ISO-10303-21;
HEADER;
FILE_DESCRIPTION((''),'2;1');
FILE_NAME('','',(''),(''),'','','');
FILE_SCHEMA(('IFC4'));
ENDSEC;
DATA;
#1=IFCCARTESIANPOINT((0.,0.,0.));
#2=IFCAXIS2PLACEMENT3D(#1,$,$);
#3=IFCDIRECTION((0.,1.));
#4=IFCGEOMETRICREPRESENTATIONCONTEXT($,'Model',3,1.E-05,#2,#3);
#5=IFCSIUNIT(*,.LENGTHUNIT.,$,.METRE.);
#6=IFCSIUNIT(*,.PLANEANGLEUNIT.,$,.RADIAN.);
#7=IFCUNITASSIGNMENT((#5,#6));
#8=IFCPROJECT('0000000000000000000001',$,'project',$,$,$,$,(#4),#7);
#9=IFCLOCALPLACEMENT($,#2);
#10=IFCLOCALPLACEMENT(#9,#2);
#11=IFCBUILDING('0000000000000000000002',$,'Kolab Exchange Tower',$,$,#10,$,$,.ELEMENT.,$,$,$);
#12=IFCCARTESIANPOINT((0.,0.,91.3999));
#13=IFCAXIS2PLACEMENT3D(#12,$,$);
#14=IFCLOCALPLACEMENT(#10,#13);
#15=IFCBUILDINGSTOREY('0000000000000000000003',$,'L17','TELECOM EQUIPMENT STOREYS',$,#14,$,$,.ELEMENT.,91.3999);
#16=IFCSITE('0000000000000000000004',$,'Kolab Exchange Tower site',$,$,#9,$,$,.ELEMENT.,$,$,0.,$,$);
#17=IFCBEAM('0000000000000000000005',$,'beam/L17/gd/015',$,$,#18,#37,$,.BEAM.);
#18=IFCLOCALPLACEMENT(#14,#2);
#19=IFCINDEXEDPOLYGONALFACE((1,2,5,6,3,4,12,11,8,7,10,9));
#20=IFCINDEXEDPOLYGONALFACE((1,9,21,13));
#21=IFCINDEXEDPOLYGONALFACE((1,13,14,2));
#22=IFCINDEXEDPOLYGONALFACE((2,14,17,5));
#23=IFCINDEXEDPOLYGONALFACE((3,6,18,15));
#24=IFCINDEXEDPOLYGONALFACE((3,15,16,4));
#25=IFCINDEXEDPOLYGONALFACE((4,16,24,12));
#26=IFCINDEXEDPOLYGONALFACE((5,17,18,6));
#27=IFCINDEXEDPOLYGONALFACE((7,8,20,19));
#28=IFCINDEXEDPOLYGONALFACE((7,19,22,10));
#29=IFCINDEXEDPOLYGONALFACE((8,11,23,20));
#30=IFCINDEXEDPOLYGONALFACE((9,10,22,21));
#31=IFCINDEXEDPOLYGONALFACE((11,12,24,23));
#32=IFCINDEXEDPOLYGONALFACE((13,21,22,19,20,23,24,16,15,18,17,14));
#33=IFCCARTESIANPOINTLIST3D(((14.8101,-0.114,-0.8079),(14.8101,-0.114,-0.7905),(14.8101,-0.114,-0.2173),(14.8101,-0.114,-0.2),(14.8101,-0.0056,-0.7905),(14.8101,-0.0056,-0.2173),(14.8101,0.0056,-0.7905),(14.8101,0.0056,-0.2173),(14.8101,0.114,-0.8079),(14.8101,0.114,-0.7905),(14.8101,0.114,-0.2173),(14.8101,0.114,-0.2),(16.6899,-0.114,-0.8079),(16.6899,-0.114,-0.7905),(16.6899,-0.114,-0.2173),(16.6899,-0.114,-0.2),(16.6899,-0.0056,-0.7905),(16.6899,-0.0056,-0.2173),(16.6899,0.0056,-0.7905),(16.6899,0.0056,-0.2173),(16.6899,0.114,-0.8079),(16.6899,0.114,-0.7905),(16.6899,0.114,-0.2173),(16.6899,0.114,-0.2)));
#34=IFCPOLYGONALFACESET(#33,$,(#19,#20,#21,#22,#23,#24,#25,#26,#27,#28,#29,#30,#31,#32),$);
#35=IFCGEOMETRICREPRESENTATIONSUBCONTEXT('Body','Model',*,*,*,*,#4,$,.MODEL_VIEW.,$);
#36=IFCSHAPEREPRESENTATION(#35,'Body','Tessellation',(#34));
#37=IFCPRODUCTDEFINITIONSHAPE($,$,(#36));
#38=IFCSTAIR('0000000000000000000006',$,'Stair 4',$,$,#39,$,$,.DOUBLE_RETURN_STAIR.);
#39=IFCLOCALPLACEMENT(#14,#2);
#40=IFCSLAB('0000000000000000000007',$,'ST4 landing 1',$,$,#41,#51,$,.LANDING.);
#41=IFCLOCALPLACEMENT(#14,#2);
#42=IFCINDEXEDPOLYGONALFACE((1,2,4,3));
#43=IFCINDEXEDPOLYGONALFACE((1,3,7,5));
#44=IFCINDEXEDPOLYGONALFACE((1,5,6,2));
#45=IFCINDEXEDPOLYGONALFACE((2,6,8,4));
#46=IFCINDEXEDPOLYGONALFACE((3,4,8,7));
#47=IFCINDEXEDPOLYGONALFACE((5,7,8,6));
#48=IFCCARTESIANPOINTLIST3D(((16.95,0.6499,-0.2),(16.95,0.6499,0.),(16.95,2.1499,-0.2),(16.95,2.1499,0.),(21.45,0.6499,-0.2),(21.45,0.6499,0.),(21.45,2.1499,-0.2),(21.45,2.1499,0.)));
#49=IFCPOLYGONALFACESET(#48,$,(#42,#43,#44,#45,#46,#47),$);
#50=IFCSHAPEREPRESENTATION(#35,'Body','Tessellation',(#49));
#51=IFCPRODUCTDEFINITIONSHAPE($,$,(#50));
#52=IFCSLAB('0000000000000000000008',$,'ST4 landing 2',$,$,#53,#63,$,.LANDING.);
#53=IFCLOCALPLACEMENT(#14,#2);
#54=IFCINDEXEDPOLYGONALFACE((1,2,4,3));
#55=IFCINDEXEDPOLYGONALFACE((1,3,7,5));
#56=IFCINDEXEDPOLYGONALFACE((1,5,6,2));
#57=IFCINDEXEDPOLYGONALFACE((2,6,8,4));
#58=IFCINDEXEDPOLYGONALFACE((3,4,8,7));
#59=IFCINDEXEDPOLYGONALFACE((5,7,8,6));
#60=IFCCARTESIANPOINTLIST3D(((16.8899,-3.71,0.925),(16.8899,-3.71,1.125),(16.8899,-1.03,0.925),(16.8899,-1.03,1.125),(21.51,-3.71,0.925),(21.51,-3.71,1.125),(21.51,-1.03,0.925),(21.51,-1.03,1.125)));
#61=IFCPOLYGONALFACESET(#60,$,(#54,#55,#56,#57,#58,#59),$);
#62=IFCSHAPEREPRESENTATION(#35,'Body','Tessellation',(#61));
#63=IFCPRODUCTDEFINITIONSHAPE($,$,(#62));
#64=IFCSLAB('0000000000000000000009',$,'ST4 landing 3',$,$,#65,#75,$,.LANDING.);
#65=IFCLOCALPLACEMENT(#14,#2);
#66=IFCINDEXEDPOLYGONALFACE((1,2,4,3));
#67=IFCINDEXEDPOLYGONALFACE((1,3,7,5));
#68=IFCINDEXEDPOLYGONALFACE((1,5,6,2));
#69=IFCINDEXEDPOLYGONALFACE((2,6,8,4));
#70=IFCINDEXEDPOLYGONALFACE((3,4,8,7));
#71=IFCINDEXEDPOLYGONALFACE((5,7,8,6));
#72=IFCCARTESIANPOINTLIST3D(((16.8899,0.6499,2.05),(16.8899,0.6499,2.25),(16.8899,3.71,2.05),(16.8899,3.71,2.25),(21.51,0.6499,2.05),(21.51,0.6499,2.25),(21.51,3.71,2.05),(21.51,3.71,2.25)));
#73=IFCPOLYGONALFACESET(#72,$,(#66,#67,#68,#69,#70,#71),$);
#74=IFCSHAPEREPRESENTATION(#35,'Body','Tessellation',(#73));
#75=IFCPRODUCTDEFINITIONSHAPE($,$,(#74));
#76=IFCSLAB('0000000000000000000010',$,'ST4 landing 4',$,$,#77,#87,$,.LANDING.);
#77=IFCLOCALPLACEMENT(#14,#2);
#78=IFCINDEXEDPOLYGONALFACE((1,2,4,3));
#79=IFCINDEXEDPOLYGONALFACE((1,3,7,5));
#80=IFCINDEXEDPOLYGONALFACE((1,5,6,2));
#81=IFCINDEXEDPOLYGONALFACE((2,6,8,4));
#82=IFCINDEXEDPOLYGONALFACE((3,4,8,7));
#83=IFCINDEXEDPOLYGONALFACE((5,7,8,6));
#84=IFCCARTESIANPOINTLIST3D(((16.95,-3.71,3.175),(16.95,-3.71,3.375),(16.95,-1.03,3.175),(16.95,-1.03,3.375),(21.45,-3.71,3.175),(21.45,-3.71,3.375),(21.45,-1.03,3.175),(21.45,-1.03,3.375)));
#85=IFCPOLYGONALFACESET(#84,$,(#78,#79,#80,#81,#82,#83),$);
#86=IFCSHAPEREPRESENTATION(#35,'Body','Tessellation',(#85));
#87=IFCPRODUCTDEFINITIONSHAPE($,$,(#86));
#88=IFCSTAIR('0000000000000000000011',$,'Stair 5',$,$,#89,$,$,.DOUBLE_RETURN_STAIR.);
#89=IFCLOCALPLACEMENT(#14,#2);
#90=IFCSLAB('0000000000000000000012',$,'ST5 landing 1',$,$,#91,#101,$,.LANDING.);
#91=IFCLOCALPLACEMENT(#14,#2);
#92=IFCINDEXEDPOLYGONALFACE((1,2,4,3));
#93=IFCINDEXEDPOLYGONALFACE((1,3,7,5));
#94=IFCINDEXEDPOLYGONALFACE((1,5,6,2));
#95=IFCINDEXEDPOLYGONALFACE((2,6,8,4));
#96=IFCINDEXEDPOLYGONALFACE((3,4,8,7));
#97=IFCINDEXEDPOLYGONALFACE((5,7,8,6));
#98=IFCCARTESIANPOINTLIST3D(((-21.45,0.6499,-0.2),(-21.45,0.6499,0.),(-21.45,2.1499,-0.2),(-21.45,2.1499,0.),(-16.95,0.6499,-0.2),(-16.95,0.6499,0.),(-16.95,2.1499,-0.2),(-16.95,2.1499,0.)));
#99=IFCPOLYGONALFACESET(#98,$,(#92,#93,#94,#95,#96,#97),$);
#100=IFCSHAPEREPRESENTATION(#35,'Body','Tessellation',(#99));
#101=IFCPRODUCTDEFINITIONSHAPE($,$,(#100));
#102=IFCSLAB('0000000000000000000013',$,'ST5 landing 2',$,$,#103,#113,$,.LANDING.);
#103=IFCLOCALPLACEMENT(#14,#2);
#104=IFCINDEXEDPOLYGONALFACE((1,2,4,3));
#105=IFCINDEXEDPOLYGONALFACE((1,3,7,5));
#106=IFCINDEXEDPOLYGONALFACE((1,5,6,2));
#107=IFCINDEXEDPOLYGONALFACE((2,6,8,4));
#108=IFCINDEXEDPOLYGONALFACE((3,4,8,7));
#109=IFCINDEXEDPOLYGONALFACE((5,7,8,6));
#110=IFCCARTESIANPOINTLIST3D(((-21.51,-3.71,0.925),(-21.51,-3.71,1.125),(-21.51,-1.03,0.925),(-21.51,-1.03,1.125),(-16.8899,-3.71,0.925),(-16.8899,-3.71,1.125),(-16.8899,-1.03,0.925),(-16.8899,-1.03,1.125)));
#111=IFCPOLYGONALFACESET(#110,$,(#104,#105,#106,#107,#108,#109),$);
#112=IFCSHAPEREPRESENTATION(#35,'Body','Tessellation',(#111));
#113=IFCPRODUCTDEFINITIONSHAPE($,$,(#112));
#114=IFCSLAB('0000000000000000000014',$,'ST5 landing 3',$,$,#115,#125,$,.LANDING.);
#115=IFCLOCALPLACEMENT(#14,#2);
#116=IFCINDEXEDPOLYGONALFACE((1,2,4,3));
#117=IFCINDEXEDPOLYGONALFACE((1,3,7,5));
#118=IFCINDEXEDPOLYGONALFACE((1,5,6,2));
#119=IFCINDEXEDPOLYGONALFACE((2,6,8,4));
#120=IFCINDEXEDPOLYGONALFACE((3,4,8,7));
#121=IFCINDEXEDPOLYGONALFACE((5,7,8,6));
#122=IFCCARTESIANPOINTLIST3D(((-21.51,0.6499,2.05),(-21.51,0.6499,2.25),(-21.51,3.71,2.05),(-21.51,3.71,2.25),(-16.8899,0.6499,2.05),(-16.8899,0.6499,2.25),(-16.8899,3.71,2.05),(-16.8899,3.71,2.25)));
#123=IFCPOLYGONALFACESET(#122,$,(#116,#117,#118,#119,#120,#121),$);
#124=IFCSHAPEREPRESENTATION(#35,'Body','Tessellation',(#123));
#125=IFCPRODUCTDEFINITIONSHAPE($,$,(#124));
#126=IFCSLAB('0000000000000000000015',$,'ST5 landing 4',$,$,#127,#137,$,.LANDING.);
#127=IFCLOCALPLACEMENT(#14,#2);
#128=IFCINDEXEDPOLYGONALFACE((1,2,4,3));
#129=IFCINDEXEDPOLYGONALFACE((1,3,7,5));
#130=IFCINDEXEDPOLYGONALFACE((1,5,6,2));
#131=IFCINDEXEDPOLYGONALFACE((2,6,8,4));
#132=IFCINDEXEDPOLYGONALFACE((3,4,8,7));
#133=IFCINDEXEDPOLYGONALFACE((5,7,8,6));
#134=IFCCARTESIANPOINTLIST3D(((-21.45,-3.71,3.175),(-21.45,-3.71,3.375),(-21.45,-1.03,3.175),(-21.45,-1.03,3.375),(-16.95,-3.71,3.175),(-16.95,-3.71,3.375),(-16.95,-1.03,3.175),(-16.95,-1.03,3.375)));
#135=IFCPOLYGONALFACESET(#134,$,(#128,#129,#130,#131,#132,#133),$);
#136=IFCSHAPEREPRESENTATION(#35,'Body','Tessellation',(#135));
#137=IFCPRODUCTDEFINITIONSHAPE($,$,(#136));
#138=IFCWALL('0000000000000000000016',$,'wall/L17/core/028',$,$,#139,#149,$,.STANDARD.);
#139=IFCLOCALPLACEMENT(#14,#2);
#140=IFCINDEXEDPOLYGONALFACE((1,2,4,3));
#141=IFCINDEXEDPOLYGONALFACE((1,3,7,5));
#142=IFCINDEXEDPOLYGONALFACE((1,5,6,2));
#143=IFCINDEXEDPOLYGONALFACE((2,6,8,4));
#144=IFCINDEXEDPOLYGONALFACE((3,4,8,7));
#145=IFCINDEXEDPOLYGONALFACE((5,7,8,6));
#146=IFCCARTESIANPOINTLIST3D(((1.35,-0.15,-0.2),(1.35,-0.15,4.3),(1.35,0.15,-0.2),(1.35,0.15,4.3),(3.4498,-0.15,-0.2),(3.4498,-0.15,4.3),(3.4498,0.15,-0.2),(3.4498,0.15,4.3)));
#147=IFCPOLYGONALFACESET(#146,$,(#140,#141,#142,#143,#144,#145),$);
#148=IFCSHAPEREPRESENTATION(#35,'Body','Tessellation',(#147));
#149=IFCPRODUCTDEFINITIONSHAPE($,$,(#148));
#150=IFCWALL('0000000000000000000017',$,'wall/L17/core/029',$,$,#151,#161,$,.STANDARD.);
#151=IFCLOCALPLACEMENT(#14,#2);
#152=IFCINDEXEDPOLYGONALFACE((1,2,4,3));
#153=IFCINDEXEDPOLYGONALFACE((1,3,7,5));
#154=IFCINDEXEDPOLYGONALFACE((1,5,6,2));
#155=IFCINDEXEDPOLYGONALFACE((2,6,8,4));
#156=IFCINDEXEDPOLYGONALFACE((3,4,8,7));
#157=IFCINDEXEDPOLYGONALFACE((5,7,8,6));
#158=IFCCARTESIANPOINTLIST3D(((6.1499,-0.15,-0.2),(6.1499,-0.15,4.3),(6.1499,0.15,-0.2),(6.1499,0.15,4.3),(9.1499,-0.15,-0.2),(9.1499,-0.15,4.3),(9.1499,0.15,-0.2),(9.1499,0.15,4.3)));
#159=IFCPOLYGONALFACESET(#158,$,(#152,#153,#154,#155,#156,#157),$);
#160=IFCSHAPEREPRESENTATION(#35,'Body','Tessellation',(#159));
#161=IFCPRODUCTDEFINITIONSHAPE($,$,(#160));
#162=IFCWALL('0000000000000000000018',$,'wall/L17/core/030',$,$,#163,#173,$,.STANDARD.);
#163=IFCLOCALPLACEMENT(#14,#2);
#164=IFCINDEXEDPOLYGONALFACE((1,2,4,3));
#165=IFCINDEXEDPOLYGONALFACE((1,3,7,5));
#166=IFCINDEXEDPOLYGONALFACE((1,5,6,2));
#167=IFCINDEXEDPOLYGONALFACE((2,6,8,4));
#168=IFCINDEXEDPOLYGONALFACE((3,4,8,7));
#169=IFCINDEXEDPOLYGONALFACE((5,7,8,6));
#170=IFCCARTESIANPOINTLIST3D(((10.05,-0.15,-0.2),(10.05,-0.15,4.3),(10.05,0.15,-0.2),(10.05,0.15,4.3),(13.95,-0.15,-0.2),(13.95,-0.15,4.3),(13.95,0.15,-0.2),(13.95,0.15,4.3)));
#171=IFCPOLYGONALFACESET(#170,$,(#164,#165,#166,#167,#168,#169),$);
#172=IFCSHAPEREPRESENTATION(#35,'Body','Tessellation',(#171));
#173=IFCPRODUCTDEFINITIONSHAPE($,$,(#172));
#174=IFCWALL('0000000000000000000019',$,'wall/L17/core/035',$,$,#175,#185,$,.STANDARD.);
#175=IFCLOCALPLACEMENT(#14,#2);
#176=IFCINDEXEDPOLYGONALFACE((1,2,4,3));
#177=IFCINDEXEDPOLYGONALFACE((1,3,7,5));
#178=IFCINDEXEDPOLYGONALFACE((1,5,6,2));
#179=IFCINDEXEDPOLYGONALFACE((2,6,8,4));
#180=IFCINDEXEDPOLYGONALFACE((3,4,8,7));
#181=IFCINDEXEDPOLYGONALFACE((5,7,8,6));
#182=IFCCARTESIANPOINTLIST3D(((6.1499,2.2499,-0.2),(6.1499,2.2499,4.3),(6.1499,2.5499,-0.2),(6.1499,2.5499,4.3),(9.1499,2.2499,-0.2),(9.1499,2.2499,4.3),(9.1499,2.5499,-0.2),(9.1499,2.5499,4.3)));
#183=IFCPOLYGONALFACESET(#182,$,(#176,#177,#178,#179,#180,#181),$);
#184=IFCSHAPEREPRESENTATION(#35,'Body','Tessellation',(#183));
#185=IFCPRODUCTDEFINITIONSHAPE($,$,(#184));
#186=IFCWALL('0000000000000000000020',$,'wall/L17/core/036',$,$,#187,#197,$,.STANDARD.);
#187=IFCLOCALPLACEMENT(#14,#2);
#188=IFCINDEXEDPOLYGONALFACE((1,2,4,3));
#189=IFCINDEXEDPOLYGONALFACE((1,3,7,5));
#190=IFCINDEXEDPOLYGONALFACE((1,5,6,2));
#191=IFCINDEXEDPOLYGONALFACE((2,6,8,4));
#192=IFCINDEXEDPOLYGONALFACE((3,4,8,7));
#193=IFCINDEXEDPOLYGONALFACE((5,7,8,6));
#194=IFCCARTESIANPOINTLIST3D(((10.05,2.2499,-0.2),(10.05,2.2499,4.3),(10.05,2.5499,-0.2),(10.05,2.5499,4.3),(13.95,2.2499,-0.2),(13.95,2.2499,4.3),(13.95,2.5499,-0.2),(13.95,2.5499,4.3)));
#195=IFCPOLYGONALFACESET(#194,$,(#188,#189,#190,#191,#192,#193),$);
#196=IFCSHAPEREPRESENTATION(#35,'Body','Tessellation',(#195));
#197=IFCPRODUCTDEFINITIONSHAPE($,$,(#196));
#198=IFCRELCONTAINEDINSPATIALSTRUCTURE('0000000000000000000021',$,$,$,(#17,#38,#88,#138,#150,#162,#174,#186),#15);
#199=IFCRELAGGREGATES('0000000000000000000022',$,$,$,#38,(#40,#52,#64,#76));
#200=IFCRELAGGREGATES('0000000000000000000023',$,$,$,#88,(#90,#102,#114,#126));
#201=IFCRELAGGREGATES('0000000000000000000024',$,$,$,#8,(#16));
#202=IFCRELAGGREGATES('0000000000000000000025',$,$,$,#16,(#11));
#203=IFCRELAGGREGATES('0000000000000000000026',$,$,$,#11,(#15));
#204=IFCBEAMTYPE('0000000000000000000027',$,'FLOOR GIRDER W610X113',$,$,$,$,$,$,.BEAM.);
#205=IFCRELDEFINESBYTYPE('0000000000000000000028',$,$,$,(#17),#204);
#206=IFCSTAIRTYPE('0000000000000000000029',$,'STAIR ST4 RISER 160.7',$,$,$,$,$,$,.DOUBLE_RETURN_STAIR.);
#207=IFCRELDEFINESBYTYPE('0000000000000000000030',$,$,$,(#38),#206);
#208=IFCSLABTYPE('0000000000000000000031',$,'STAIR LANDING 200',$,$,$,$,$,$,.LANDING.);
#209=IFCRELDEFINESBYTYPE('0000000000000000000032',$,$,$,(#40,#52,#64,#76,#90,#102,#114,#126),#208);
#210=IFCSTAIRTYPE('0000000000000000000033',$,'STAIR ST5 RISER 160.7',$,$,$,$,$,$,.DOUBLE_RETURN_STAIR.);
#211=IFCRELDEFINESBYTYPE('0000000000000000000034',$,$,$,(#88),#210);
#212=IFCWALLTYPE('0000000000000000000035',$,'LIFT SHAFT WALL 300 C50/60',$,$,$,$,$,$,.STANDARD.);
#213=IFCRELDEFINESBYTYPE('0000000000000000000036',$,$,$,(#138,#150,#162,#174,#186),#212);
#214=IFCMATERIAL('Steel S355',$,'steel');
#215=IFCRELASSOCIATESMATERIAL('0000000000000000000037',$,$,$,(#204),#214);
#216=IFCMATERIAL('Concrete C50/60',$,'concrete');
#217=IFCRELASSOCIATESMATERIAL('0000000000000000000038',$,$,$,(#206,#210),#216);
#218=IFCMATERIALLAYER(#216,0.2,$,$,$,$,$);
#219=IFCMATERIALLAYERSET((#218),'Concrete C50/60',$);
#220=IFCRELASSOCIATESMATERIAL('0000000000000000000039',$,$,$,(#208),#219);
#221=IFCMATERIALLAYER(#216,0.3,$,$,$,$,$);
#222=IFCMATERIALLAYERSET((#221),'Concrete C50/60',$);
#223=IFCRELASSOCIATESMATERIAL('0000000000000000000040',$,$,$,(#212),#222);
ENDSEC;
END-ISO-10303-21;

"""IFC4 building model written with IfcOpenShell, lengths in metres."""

from ifc_helpers import new_model, si_unit, direction, frame, frame_2d, origin, origin_2d, place, context, subcontext, project, spatial, polyline, rectangle, i_section, outline, extrude, material, layer, layer_set, material_profile, profile_set, type_object, element, aggregate, save


model = new_model("IFC4")

# Units and contexts
model_context = context("Model", 3, precision=1e-05, world=origin(), true_north=direction((0.0, 1.0)))
body_context = subcontext(model_context, "Body", "Model", "MODEL_VIEW")
ifc_project = project(units=[si_unit("LENGTHUNIT", "METRE"), si_unit("PLANEANGLEUNIT", "RADIAN")], contexts=[model_context])

# Site, building, storey
site_placement = place(None, origin())
site = spatial("IfcSite", under=ifc_project, at=site_placement, Name="Kolab Exchange Tower site", CompositionType="ELEMENT", RefElevation=0.0)
building_placement = place(site_placement, origin())
building = spatial("IfcBuilding", under=site, at=building_placement, Name="Kolab Exchange Tower", CompositionType="ELEMENT")
storey_placement = place(building_placement, frame((0.0, 0.0, 91.3999)))
storey = spatial("IfcBuildingStorey", under=building, at=storey_placement, Name="L17", Description="TELECOM EQUIPMENT STOREYS", CompositionType="ELEMENT", Elevation=91.3999)

# Beam
ifc_material_1 = material(Name="Steel S355", Category="steel")
ifc_material_profile = material_profile(ifc_material_1, i_section(OverallWidth=0.228, OverallDepth=0.6079, WebThickness=0.0112, FlangeThickness=0.0173, at=origin_2d()), Name="W610X113")
ifc_profile_set = profile_set([ifc_material_profile], Name="Steel S355")
beam_type = type_object("IfcBeamType", Name="FLOOR GIRDER W610X113", PredefinedType="BEAM", material=ifc_profile_set)
beam_placement = place(storey_placement, frame((14.8101, 0.0, -0.5039), z_axis=(1.0, 0.0, 0.0), x_axis=(0.0, 1.0, 0.0)))
element("IfcBeam", 1, at=beam_placement, inside=storey, type_object=beam_type, Name="beam/L17/gd/015", PredefinedType="BEAM", context=body_context, shape_type="SweptSolid", body=[
    extrude(i_section(OverallWidth=0.228, OverallDepth=0.6079, WebThickness=0.0112, FlangeThickness=0.0173, at=origin_2d()), origin(), (0.0, 0.0, 1.0), 1.8799),
])

# Stairs, slabs
ifc_material_2 = material(Name="Concrete C50/60", Category="concrete")
stair_type_1 = type_object("IfcStairType", Name="STAIR ST4 RISER 160.7", PredefinedType="DOUBLE_RETURN_STAIR", material=ifc_material_2)
stair_1_placement = place(storey_placement, origin())
stair_1 = element("IfcStair", 2, at=stair_1_placement, inside=storey, type_object=stair_type_1, Name="Stair 4", PredefinedType="DOUBLE_RETURN_STAIR")
ifc_layer_1 = layer(ifc_material_2, 0.2)
ifc_layer_set_1 = layer_set([ifc_layer_1], Name="Concrete C50/60")
slab_type = type_object("IfcSlabType", Name="STAIR LANDING 200", PredefinedType="LANDING", material=ifc_layer_set_1)
slab_1_placement = place(storey_placement, frame((0.0, 0.0, -0.2)))
slab_1 = element("IfcSlab", 3, at=slab_1_placement, type_object=slab_type, Name="ST4 landing 1", PredefinedType="LANDING", context=body_context, shape_type="SweptSolid", body=[
    extrude(outline(polyline([(16.95, 0.6499), (21.45, 0.6499), (21.45, 2.1499), (16.95, 2.1499), (16.95, 0.6499)])), origin(), (0.0, 0.0, 1.0), 0.2),
])
slab_2_placement = place(storey_placement, frame((0.0, 0.0, 0.925)))
slab_2 = element("IfcSlab", 4, at=slab_2_placement, type_object=slab_type, Name="ST4 landing 2", PredefinedType="LANDING", context=body_context, shape_type="SweptSolid", body=[
    extrude(outline(polyline([(16.8899, -3.71), (21.51, -3.71), (21.51, -1.03), (16.8899, -1.03), (16.8899, -3.71)])), origin(), (0.0, 0.0, 1.0), 0.2),
])
slab_3_placement = place(storey_placement, frame((0.0, 0.0, 2.05)))
slab_3 = element("IfcSlab", 5, at=slab_3_placement, type_object=slab_type, Name="ST4 landing 3", PredefinedType="LANDING", context=body_context, shape_type="SweptSolid", body=[
    extrude(outline(polyline([(16.8899, 0.6499), (21.51, 0.6499), (21.51, 3.71), (16.8899, 3.71), (16.8899, 0.6499)])), origin(), (0.0, 0.0, 1.0), 0.2),
])
slab_4_placement = place(storey_placement, frame((0.0, 0.0, 3.175)))
slab_4 = element("IfcSlab", 6, at=slab_4_placement, type_object=slab_type, Name="ST4 landing 4", PredefinedType="LANDING", context=body_context, shape_type="SweptSolid", body=[
    extrude(outline(polyline([(16.95, -3.71), (21.45, -3.71), (21.45, -1.03), (16.95, -1.03), (16.95, -3.71)])), origin(), (0.0, 0.0, 1.0), 0.2),
])
aggregate(stair_1, [slab_1, slab_2, slab_3, slab_4])
stair_type_2 = type_object("IfcStairType", Name="STAIR ST5 RISER 160.7", PredefinedType="DOUBLE_RETURN_STAIR", material=ifc_material_2)
stair_2_placement = place(storey_placement, origin())
stair_2 = element("IfcStair", 7, at=stair_2_placement, inside=storey, type_object=stair_type_2, Name="Stair 5", PredefinedType="DOUBLE_RETURN_STAIR")
slab_5_placement = place(storey_placement, frame((0.0, 0.0, -0.2)))
slab_5 = element("IfcSlab", 8, at=slab_5_placement, type_object=slab_type, Name="ST5 landing 1", PredefinedType="LANDING", context=body_context, shape_type="SweptSolid", body=[
    extrude(outline(polyline([(-21.45, 0.6499), (-16.95, 0.6499), (-16.95, 2.1499), (-21.45, 2.1499), (-21.45, 0.6499)])), origin(), (0.0, 0.0, 1.0), 0.2),
])
slab_6_placement = place(storey_placement, frame((0.0, 0.0, 0.925)))
slab_6 = element("IfcSlab", 9, at=slab_6_placement, type_object=slab_type, Name="ST5 landing 2", PredefinedType="LANDING", context=body_context, shape_type="SweptSolid", body=[
    extrude(outline(polyline([(-21.51, -3.71), (-16.8899, -3.71), (-16.8899, -1.03), (-21.51, -1.03), (-21.51, -3.71)])), origin(), (0.0, 0.0, 1.0), 0.2),
])
slab_7_placement = place(storey_placement, frame((0.0, 0.0, 2.05)))
slab_7 = element("IfcSlab", 10, at=slab_7_placement, type_object=slab_type, Name="ST5 landing 3", PredefinedType="LANDING", context=body_context, shape_type="SweptSolid", body=[
    extrude(outline(polyline([(-21.51, 0.6499), (-16.8899, 0.6499), (-16.8899, 3.71), (-21.51, 3.71), (-21.51, 0.6499)])), origin(), (0.0, 0.0, 1.0), 0.2),
])
slab_8_placement = place(storey_placement, frame((0.0, 0.0, 3.175)))
slab_8 = element("IfcSlab", 11, at=slab_8_placement, type_object=slab_type, Name="ST5 landing 4", PredefinedType="LANDING", context=body_context, shape_type="SweptSolid", body=[
    extrude(outline(polyline([(-21.45, -3.71), (-16.95, -3.71), (-16.95, -1.03), (-21.45, -1.03), (-21.45, -3.71)])), origin(), (0.0, 0.0, 1.0), 0.2),
])
aggregate(stair_2, [slab_5, slab_6, slab_7, slab_8])

# Walls
ifc_layer_2 = layer(ifc_material_2, 0.3)
ifc_layer_set_2 = layer_set([ifc_layer_2], Name="Concrete C50/60")
wall_type = type_object("IfcWallType", Name="LIFT SHAFT WALL 300 C50/60", PredefinedType="STANDARD", material=ifc_layer_set_2)
wall_1_placement = place(storey_placement, frame((1.3501, 0.0, -0.2), z_axis=(0.0, 0.0, 1.0), x_axis=(1.0, 0.0, 0.0)))
element("IfcWall", 12, at=wall_1_placement, inside=storey, type_object=wall_type, Name="wall/L17/core/028", PredefinedType="STANDARD", context=body_context, shape_type="SweptSolid", body=[
    extrude(rectangle(XDim=2.0999, YDim=0.3, at=frame_2d((1.0498, 0.0))), origin(), (0.0, 0.0, 1.0), 4.5),
])
wall_2_placement = place(storey_placement, frame((6.1499, 0.0, -0.2), z_axis=(0.0, 0.0, 1.0), x_axis=(1.0, 0.0, 0.0)))
element("IfcWall", 13, at=wall_2_placement, inside=storey, type_object=wall_type, Name="wall/L17/core/029", PredefinedType="STANDARD", context=body_context, shape_type="SweptSolid", body=[
    extrude(rectangle(XDim=3.0, YDim=0.3, at=frame_2d((1.5, 0.0))), origin(), (0.0, 0.0, 1.0), 4.5),
])
wall_3_placement = place(storey_placement, frame((10.05, 0.0, -0.2), z_axis=(0.0, 0.0, 1.0), x_axis=(1.0, 0.0, 0.0)))
element("IfcWall", 14, at=wall_3_placement, inside=storey, type_object=wall_type, Name="wall/L17/core/030", PredefinedType="STANDARD", context=body_context, shape_type="SweptSolid", body=[
    extrude(rectangle(XDim=3.8999, YDim=0.3, at=frame_2d((1.95, 0.0))), origin(), (0.0, 0.0, 1.0), 4.5),
])
wall_4_placement = place(storey_placement, frame((6.1499, 2.3999, -0.2), z_axis=(0.0, 0.0, 1.0), x_axis=(1.0, 0.0, 0.0)))
element("IfcWall", 15, at=wall_4_placement, inside=storey, type_object=wall_type, Name="wall/L17/core/035", PredefinedType="STANDARD", context=body_context, shape_type="SweptSolid", body=[
    extrude(rectangle(XDim=3.0, YDim=0.3, at=frame_2d((1.5, 0.0))), origin(), (0.0, 0.0, 1.0), 4.5),
])
wall_5_placement = place(storey_placement, frame((10.05, 2.3999, -0.2), z_axis=(0.0, 0.0, 1.0), x_axis=(1.0, 0.0, 0.0)))
element("IfcWall", 16, at=wall_5_placement, inside=storey, type_object=wall_type, Name="wall/L17/core/036", PredefinedType="STANDARD", context=body_context, shape_type="SweptSolid", body=[
    extrude(rectangle(XDim=3.8999, YDim=0.3, at=frame_2d((1.95, 0.0))), origin(), (0.0, 0.0, 1.0), 4.5),
])

save(model, "model.ifc")
